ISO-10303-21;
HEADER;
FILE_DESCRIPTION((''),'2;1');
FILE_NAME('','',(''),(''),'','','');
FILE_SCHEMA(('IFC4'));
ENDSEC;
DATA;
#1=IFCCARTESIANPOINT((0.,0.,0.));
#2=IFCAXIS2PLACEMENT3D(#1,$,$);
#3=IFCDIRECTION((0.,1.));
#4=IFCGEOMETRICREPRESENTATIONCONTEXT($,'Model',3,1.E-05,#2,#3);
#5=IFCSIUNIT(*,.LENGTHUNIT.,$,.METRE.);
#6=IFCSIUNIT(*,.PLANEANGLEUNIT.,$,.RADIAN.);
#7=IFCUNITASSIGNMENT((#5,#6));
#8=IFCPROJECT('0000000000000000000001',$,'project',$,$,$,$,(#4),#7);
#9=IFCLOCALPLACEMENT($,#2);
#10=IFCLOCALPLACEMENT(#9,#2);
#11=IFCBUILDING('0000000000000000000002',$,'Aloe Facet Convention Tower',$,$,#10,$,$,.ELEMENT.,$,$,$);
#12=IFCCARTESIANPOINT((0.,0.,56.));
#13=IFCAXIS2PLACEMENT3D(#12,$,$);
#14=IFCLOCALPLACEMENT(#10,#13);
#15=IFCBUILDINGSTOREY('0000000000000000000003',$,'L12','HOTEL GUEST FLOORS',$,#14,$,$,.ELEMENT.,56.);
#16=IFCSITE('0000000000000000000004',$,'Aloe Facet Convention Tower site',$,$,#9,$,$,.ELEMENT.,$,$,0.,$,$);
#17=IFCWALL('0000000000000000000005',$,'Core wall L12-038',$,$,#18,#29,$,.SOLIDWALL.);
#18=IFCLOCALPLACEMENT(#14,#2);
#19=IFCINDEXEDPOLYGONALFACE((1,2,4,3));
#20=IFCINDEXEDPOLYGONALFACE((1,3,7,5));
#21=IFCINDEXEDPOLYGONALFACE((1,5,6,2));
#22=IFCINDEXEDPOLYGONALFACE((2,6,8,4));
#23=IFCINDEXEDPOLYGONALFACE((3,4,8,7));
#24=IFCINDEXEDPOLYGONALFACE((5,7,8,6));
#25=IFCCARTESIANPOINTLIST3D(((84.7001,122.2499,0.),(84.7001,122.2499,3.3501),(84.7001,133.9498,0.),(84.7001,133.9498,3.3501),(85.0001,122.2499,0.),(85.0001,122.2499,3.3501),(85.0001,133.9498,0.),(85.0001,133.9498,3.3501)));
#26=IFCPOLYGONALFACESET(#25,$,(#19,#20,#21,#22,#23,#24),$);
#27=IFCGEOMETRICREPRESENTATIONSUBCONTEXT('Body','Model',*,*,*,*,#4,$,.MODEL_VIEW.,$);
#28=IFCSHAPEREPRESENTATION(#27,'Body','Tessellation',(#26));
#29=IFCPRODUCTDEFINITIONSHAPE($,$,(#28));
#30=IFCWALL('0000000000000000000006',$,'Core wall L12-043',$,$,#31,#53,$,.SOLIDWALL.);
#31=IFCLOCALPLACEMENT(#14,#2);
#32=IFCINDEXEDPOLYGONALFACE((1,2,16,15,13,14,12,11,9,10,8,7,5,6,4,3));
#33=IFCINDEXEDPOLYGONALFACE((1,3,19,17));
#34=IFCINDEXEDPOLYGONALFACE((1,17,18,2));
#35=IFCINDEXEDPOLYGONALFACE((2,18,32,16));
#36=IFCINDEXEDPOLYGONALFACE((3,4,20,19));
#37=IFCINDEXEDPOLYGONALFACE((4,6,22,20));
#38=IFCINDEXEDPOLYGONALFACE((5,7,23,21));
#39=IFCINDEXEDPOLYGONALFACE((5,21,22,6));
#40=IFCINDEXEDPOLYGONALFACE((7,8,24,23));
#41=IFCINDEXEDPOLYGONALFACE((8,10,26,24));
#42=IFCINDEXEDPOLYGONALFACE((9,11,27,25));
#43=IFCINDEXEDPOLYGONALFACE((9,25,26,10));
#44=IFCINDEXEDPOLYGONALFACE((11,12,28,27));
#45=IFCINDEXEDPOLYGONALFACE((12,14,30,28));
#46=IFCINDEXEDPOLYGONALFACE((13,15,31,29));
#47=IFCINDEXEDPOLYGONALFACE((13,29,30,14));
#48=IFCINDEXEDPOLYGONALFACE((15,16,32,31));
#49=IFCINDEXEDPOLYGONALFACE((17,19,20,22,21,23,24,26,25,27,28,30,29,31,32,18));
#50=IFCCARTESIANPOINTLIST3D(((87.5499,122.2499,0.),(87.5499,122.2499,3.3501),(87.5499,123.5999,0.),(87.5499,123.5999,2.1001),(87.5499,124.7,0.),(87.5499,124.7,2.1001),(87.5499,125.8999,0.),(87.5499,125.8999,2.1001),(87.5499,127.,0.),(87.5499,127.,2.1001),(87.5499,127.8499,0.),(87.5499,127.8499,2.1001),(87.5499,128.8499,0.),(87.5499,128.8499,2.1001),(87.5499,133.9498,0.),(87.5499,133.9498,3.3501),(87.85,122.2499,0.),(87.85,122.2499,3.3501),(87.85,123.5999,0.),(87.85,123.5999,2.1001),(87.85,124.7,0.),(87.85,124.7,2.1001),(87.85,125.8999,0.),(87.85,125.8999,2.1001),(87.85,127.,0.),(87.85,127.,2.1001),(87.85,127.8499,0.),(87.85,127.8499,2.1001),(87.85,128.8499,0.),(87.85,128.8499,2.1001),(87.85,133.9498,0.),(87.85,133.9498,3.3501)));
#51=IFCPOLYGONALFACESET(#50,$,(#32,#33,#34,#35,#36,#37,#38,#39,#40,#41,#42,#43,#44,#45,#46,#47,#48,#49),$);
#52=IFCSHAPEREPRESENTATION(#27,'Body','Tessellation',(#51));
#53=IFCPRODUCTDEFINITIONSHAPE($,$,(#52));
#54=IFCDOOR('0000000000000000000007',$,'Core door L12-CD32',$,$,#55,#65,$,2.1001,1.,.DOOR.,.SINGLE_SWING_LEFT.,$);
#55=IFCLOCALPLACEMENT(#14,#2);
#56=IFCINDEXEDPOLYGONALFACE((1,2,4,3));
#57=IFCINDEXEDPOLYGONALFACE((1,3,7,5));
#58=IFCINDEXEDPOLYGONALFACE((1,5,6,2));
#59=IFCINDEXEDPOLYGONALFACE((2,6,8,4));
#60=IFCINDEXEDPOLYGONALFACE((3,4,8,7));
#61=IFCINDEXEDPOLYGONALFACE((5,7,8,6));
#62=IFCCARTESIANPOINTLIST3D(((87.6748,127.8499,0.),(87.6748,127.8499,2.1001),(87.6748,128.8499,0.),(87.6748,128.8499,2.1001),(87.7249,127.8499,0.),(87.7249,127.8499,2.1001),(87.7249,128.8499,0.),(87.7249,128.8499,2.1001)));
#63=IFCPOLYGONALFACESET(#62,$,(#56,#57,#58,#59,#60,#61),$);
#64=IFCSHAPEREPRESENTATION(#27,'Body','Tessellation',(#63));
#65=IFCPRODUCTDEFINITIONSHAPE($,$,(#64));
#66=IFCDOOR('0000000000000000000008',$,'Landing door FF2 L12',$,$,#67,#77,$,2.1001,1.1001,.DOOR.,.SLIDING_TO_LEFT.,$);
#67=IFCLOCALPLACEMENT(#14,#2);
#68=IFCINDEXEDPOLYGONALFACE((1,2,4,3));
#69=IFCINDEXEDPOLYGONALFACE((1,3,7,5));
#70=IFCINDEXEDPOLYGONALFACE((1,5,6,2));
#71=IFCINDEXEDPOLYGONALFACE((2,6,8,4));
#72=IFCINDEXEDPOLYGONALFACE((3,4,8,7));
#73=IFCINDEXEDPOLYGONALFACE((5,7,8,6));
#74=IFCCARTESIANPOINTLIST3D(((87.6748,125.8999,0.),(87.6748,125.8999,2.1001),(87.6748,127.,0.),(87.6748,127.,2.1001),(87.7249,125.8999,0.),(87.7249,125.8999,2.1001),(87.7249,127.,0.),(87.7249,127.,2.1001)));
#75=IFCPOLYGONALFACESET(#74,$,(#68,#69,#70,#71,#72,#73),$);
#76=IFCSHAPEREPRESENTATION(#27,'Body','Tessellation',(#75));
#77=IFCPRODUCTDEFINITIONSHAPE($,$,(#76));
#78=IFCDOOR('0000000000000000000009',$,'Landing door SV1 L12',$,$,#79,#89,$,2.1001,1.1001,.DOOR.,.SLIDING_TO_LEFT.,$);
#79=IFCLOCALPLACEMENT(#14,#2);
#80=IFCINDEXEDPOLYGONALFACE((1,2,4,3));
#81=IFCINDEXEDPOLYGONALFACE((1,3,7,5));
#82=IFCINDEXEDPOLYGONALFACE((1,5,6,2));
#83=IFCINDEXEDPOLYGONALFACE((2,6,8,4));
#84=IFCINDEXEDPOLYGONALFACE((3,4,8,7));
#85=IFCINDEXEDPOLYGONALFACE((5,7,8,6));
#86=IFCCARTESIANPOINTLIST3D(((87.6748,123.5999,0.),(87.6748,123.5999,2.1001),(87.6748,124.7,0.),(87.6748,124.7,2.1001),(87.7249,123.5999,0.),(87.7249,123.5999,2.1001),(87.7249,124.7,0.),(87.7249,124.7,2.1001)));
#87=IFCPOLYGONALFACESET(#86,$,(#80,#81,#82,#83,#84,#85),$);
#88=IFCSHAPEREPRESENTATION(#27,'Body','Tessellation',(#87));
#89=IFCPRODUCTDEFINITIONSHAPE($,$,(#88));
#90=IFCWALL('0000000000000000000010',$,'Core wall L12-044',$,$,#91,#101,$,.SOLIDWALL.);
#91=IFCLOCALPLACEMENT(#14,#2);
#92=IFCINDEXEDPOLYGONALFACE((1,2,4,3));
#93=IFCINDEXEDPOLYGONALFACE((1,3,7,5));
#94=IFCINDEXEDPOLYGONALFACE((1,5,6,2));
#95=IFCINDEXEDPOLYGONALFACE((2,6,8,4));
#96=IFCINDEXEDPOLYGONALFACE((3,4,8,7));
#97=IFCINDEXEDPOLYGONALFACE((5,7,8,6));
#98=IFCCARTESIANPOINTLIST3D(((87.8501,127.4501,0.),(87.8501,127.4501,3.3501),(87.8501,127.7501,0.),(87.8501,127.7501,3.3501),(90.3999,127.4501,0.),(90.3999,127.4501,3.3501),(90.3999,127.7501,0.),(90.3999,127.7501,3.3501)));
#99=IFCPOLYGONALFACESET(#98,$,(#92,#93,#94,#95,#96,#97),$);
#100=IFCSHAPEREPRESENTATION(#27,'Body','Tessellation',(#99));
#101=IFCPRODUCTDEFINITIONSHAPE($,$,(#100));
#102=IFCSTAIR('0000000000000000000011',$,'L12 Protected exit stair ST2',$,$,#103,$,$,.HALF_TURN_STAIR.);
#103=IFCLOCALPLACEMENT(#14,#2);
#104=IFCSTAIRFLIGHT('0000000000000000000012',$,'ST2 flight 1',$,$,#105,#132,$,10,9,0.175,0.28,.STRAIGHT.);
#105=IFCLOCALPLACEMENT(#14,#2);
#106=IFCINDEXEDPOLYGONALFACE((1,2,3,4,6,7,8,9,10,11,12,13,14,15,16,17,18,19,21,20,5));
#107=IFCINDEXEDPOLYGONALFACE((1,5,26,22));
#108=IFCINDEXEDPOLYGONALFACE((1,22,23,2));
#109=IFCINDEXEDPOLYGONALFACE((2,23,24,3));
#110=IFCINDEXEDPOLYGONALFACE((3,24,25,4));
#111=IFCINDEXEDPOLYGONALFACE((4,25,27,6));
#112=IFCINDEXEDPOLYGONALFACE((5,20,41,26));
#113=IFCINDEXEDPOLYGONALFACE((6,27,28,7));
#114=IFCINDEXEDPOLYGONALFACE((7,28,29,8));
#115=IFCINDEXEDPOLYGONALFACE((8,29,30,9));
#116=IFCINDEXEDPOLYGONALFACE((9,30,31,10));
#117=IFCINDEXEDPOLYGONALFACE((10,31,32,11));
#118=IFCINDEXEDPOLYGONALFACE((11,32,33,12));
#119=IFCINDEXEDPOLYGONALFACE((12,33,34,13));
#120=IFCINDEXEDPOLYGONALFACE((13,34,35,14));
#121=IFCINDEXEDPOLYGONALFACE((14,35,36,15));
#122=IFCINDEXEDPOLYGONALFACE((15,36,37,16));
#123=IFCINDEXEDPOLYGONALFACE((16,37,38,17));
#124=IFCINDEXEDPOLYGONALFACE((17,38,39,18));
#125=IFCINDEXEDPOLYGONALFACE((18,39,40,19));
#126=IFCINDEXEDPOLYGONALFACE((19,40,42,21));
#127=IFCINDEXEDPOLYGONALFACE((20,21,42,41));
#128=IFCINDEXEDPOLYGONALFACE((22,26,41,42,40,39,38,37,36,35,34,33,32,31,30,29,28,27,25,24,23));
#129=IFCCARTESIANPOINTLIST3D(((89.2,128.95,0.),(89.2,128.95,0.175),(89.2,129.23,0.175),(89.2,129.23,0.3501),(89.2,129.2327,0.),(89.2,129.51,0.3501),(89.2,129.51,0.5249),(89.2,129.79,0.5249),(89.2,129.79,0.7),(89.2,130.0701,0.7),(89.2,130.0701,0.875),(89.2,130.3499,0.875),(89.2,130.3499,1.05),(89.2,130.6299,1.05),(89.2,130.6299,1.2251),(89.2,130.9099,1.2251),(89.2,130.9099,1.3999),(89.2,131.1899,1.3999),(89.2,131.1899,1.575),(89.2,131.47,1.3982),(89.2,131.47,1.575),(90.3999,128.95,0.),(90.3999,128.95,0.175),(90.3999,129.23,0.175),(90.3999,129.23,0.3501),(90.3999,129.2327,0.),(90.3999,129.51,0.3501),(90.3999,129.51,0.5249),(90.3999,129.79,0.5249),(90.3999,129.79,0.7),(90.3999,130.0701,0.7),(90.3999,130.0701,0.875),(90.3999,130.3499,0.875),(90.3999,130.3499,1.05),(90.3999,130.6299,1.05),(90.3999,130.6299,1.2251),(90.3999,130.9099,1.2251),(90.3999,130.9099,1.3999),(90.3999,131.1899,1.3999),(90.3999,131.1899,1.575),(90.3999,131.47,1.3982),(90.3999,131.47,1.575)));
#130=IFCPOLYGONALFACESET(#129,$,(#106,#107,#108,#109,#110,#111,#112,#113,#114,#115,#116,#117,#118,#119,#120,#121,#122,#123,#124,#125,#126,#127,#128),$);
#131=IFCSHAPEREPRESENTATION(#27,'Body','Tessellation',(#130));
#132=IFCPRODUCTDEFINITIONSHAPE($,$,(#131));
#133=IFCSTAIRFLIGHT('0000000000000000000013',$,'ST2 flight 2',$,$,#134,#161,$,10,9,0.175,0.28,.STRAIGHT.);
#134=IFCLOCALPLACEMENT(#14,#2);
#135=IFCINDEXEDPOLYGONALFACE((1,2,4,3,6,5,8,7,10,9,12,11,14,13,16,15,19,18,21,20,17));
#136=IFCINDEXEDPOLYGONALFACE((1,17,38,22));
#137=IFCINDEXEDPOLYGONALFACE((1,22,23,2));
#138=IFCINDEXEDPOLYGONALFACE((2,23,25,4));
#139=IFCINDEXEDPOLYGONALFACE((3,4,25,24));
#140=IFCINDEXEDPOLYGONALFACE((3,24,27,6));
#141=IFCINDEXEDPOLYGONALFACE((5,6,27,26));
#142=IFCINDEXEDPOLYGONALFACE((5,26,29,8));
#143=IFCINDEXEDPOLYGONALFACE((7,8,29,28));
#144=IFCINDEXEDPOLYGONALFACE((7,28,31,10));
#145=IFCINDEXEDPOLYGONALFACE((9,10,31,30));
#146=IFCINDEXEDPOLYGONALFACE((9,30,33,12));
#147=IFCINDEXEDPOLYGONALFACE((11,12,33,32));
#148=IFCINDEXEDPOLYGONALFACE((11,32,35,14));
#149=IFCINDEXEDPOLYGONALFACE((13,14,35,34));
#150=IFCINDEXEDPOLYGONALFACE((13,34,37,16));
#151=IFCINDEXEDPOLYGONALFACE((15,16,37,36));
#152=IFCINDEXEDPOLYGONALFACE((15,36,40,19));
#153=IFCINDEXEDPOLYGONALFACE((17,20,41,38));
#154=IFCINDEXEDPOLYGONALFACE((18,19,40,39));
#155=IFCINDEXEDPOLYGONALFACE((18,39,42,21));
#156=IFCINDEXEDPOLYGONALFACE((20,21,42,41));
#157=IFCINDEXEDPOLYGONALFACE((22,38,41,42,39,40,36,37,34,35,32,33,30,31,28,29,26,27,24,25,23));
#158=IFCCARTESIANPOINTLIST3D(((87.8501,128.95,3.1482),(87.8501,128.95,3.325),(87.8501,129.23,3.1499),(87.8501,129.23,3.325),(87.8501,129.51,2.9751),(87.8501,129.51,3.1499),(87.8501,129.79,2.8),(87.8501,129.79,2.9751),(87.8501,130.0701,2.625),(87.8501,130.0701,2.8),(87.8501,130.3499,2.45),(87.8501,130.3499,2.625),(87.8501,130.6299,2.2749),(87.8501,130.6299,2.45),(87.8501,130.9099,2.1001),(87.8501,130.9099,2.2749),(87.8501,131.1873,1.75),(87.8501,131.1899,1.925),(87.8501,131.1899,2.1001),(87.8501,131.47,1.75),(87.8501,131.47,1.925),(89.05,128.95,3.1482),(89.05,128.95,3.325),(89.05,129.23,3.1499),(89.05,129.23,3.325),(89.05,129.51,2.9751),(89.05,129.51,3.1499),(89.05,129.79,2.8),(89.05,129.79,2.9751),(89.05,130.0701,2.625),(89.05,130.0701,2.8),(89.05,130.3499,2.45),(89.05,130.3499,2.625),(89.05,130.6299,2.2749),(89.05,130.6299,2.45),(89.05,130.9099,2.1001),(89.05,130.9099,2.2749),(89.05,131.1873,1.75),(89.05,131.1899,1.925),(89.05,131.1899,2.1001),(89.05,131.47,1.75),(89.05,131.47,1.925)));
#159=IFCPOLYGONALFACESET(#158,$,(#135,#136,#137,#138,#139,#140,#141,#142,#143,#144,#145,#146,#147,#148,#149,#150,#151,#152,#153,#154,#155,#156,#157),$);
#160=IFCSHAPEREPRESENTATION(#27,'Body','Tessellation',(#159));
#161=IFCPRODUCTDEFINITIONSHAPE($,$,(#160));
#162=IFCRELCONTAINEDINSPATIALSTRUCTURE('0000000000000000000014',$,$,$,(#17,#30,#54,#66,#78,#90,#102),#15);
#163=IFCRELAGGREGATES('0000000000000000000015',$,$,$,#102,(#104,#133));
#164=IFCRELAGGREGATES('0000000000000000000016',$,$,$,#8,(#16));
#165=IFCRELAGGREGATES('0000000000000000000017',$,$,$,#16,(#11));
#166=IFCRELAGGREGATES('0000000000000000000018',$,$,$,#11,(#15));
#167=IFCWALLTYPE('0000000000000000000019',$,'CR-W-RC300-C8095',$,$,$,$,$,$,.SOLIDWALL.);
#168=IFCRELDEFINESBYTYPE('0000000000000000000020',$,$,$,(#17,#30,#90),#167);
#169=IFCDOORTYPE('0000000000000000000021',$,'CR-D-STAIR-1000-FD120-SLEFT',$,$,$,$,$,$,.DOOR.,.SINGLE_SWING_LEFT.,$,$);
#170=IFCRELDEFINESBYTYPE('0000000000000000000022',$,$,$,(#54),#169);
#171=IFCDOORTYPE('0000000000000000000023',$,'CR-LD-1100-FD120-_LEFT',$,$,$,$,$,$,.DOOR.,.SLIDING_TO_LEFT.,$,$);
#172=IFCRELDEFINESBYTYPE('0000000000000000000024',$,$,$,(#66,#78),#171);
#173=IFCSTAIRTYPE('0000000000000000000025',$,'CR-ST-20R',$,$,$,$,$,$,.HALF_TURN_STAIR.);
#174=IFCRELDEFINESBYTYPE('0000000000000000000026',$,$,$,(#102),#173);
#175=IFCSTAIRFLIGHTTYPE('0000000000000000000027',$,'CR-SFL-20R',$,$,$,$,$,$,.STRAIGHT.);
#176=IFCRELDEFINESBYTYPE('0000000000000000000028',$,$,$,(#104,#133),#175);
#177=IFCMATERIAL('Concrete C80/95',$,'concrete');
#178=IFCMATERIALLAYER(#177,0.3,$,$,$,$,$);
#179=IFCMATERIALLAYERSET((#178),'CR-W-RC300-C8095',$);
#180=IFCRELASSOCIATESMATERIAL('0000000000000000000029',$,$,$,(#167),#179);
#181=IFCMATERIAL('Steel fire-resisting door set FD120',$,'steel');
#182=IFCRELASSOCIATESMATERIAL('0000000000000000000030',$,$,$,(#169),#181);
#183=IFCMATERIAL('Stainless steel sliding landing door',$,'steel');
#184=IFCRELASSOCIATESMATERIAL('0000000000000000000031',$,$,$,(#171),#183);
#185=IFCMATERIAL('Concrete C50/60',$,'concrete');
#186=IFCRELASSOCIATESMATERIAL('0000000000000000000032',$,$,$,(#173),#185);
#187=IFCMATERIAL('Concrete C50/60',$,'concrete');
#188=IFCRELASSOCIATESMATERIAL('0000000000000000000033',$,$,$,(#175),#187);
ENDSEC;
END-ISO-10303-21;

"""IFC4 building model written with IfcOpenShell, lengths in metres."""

from ifc_helpers import new_model, si_unit, direction, frame, frame_2d, origin, place, context, subcontext, project, spatial, polyline, rectangle, outline, extrude, material, layer, layer_set, type_object, element, fill, aggregate, save


model = new_model("IFC4")

# Units and contexts
model_context = context("Model", 3, precision=1e-05, world=origin(), true_north=direction((0.0, 1.0)))
body_context = subcontext(model_context, "Body", "Model", "MODEL_VIEW")
ifc_project = project(units=[si_unit("LENGTHUNIT", "METRE"), si_unit("PLANEANGLEUNIT", "RADIAN")], contexts=[model_context])

# Site, building, storey
site_placement = place(None, origin())
site = spatial("IfcSite", under=ifc_project, at=site_placement, Name="Aloe Facet Convention Tower site", CompositionType="ELEMENT", RefElevation=0.0)
building_placement = place(site_placement, origin())
building = spatial("IfcBuilding", under=site, at=building_placement, Name="Aloe Facet Convention Tower", CompositionType="ELEMENT")
storey_placement = place(building_placement, frame((0.0, 0.0, 56.0)))
storey = spatial("IfcBuildingStorey", under=building, at=storey_placement, Name="L12", Description="HOTEL GUEST FLOORS", CompositionType="ELEMENT", Elevation=56.0)

# Shared definitions
ifc_material_1 = material(Name="Concrete C80/95", Category="concrete")
ifc_layer_1 = layer(ifc_material_1, 0.3)
ifc_layer_set_1 = layer_set([ifc_layer_1], Name="CR-W-RC300-C8095")
wall_type_1 = type_object("IfcWallType", Name="CR-W-RC300-C8095", PredefinedType="SOLIDWALL", material=ifc_layer_set_1)

# Wall
wall_1_placement = place(storey_placement, frame((84.8501, 133.95, 0.0), z_axis=(0.0, 0.0, 1.0), x_axis=(0.0, -1.0, 0.0)))
element("IfcWall", 1, at=wall_1_placement, inside=storey, type_object=wall_type_1, Name="Core wall L12-038", PredefinedType="SOLIDWALL", context=body_context, shape_type="SweptSolid", body=[
    extrude(rectangle(XDim=11.7, YDim=0.3, at=frame_2d((5.8501, 0.0))), origin(), (0.0, 0.0, 1.0), 3.3501),
])

# Wall, openings, doors
wall_2_placement = place(storey_placement, frame((87.7, 133.95, 0.0), z_axis=(0.0, 0.0, 1.0), x_axis=(0.0, -1.0, 0.0)))
wall_2 = element("IfcWall", 2, at=wall_2_placement, inside=storey, type_object=wall_type_1, Name="Core wall L12-043", PredefinedType="SOLIDWALL", context=body_context, shape_type="SweptSolid", body=[
    extrude(rectangle(XDim=11.7, YDim=0.3, at=frame_2d((5.8501, 0.0))), origin(), (0.0, 0.0, 1.0), 3.3501),
])
opening_1_placement = place(wall_2_placement, frame((6.95, 0.0, 0.0)))
opening_1 = element("IfcOpeningElement", 3, at=opening_1_placement, cuts=wall_2, PredefinedType="OPENING", context=body_context, shape_type="SweptSolid", body=[
    extrude(rectangle(XDim=1.1001, YDim=2.1001, at=frame_2d((0.55, 1.05))), frame((0.0, 0.1602, 0.0), z_axis=(0.0, -1.0, 0.0), x_axis=(1.0, 0.0, 0.0)), (0.0, 0.0, 1.0), 0.3201),
])
opening_2_placement = place(wall_2_placement, frame((5.1001, 0.0, 0.0)))
opening_2 = element("IfcOpeningElement", 4, at=opening_2_placement, cuts=wall_2, PredefinedType="OPENING", context=body_context, shape_type="SweptSolid", body=[
    extrude(rectangle(XDim=1.0, YDim=2.1001, at=frame_2d((0.5, 1.05))), frame((0.0, 0.1602, 0.0), z_axis=(0.0, -1.0, 0.0), x_axis=(1.0, 0.0, 0.0)), (0.0, 0.0, 1.0), 0.3201),
])
opening_3_placement = place(wall_2_placement, frame((9.25, 0.0, 0.0)))
opening_3 = element("IfcOpeningElement", 5, at=opening_3_placement, cuts=wall_2, PredefinedType="OPENING", context=body_context, shape_type="SweptSolid", body=[
    extrude(rectangle(XDim=1.1001, YDim=2.1001, at=frame_2d((0.55, 1.05))), frame((0.0, 0.1602, 0.0), z_axis=(0.0, -1.0, 0.0), x_axis=(1.0, 0.0, 0.0)), (0.0, 0.0, 1.0), 0.3201),
])
ifc_material_2 = material(Name="Steel fire-resisting door set FD120", Category="steel")
door_type_1 = type_object("IfcDoorType", Name="CR-D-STAIR-1000-FD120-SLEFT", OperationType="SINGLE_SWING_LEFT", PredefinedType="DOOR", material=ifc_material_2)
door_1_placement = place(opening_2_placement, origin())
door_1 = element("IfcDoor", 6, at=door_1_placement, inside=storey, type_object=door_type_1, Name="Core door L12-CD32", OperationType="SINGLE_SWING_LEFT", OverallHeight=2.1001, OverallWidth=1.0, PredefinedType="DOOR", context=body_context, shape_type="SweptSolid", body=[
    extrude(rectangle(XDim=1.0, YDim=2.1001, at=frame_2d((0.5, 1.05))), frame((0.0, 0.0249, 0.0), z_axis=(0.0, -1.0, 0.0), x_axis=(1.0, 0.0, 0.0)), (0.0, 0.0, 1.0), 0.05),
])
fill(opening_2, door_1)
ifc_material_3 = material(Name="Stainless steel sliding landing door", Category="steel")
door_type_2 = type_object("IfcDoorType", Name="CR-LD-1100-FD120-_LEFT", OperationType="SLIDING_TO_LEFT", PredefinedType="DOOR", material=ifc_material_3)
door_2_placement = place(opening_1_placement, origin())
door_2 = element("IfcDoor", 7, at=door_2_placement, inside=storey, type_object=door_type_2, Name="Landing door FF2 L12", OperationType="SLIDING_TO_LEFT", OverallHeight=2.1001, OverallWidth=1.1001, PredefinedType="DOOR", context=body_context, shape_type="SweptSolid", body=[
    extrude(rectangle(XDim=1.1001, YDim=2.1001, at=frame_2d((0.55, 1.05))), frame((0.0, 0.0249, 0.0), z_axis=(0.0, -1.0, 0.0), x_axis=(1.0, 0.0, 0.0)), (0.0, 0.0, 1.0), 0.05),
])
fill(opening_1, door_2)
door_3_placement = place(opening_3_placement, origin())
door_3 = element("IfcDoor", 8, at=door_3_placement, inside=storey, type_object=door_type_2, Name="Landing door SV1 L12", OperationType="SLIDING_TO_LEFT", OverallHeight=2.1001, OverallWidth=1.1001, PredefinedType="DOOR", context=body_context, shape_type="SweptSolid", body=[
    extrude(rectangle(XDim=1.1001, YDim=2.1001, at=frame_2d((0.55, 1.05))), frame((0.0, 0.0249, 0.0), z_axis=(0.0, -1.0, 0.0), x_axis=(1.0, 0.0, 0.0)), (0.0, 0.0, 1.0), 0.05),
])
fill(opening_3, door_3)

# Wall
wall_3_placement = place(storey_placement, frame((87.8501, 127.6001, 0.0), z_axis=(0.0, 0.0, 1.0), x_axis=(1.0, 0.0, 0.0)))
element("IfcWall", 9, at=wall_3_placement, inside=storey, type_object=wall_type_1, Name="Core wall L12-044", PredefinedType="SOLIDWALL", context=body_context, shape_type="SweptSolid", body=[
    extrude(rectangle(XDim=2.5498, YDim=0.3, at=frame_2d((1.2749, 0.0))), origin(), (0.0, 0.0, 1.0), 3.3501),
])

# Stair, stair flights
ifc_material_4 = material(Name="Concrete C50/60", Category="concrete")
stair_type = type_object("IfcStairType", Name="CR-ST-20R", PredefinedType="HALF_TURN_STAIR", material=ifc_material_4)
stair_placement = place(storey_placement, origin())
stair = element("IfcStair", 10, at=stair_placement, inside=storey, type_object=stair_type, Name="L12 Protected exit stair ST2", PredefinedType="HALF_TURN_STAIR")
ifc_material_5 = material(Name="Concrete C50/60", Category="concrete")
stair_flight_type = type_object("IfcStairFlightType", Name="CR-SFL-20R", PredefinedType="STRAIGHT", material=ifc_material_5)
stair_flight_1_placement = place(storey_placement, frame((89.8, 128.95, 0.0), z_axis=(0.0, 0.0, 1.0), x_axis=(0.0, 1.0, 0.0)))
stair_flight_1 = element("IfcStairFlight", 11, at=stair_flight_1_placement, type_object=stair_flight_type, Name="ST2 flight 1", NumberOfRisers=10, NumberOfTreads=9, PredefinedType="STRAIGHT", RiserHeight=0.175, TreadLength=0.28, context=body_context, shape_type="SweptSolid", body=[
    extrude(outline(polyline([(0.0, 0.0), (0.0, 0.175), (0.28, 0.175), (0.28, 0.3501), (0.5601, 0.3501), (0.5601, 0.5249), (0.8401, 0.5249), (0.8401, 0.7), (1.1201, 0.7), (1.1201, 0.875), (1.3999, 0.875), (1.3999, 1.05), (1.6799, 1.05), (1.6799, 1.2251), (1.96, 1.2251), (1.96, 1.3999), (2.24, 1.3999), (2.24, 1.575), (2.52, 1.575), (2.52, 1.75), (2.52, 1.3982), (0.2827, 0.0), (0.0, 0.0)])), frame((0.0, 0.6001, 0.0), z_axis=(0.0, -1.0, 0.0), x_axis=(1.0, 0.0, 0.0)), (0.0, 0.0, 1.0), 1.2),
])
stair_flight_2_placement = place(storey_placement, frame((88.45, 131.47, 1.75), z_axis=(0.0, 0.0, 1.0), x_axis=(0.0, -1.0, 0.0)))
stair_flight_2 = element("IfcStairFlight", 12, at=stair_flight_2_placement, type_object=stair_flight_type, Name="ST2 flight 2", NumberOfRisers=10, NumberOfTreads=9, PredefinedType="STRAIGHT", RiserHeight=0.175, TreadLength=0.28, context=body_context, shape_type="SweptSolid", body=[
    extrude(outline(polyline([(0.0, 0.0), (0.0, 0.175), (0.28, 0.175), (0.28, 0.3501), (0.5601, 0.3501), (0.5601, 0.5249), (0.8401, 0.5249), (0.8401, 0.7), (1.1201, 0.7), (1.1201, 0.875), (1.3999, 0.875), (1.3999, 1.05), (1.6799, 1.05), (1.6799, 1.2251), (1.96, 1.2251), (1.96, 1.3999), (2.24, 1.3999), (2.24, 1.575), (2.52, 1.575), (2.52, 1.75), (2.52, 1.3982), (0.2827, 0.0), (0.0, 0.0)])), frame((0.0, 0.6001, 0.0), z_axis=(0.0, -1.0, 0.0), x_axis=(1.0, 0.0, 0.0)), (0.0, 0.0, 1.0), 1.2),
])
aggregate(stair, [stair_flight_1, stair_flight_2])

save(model, "model.ifc")
